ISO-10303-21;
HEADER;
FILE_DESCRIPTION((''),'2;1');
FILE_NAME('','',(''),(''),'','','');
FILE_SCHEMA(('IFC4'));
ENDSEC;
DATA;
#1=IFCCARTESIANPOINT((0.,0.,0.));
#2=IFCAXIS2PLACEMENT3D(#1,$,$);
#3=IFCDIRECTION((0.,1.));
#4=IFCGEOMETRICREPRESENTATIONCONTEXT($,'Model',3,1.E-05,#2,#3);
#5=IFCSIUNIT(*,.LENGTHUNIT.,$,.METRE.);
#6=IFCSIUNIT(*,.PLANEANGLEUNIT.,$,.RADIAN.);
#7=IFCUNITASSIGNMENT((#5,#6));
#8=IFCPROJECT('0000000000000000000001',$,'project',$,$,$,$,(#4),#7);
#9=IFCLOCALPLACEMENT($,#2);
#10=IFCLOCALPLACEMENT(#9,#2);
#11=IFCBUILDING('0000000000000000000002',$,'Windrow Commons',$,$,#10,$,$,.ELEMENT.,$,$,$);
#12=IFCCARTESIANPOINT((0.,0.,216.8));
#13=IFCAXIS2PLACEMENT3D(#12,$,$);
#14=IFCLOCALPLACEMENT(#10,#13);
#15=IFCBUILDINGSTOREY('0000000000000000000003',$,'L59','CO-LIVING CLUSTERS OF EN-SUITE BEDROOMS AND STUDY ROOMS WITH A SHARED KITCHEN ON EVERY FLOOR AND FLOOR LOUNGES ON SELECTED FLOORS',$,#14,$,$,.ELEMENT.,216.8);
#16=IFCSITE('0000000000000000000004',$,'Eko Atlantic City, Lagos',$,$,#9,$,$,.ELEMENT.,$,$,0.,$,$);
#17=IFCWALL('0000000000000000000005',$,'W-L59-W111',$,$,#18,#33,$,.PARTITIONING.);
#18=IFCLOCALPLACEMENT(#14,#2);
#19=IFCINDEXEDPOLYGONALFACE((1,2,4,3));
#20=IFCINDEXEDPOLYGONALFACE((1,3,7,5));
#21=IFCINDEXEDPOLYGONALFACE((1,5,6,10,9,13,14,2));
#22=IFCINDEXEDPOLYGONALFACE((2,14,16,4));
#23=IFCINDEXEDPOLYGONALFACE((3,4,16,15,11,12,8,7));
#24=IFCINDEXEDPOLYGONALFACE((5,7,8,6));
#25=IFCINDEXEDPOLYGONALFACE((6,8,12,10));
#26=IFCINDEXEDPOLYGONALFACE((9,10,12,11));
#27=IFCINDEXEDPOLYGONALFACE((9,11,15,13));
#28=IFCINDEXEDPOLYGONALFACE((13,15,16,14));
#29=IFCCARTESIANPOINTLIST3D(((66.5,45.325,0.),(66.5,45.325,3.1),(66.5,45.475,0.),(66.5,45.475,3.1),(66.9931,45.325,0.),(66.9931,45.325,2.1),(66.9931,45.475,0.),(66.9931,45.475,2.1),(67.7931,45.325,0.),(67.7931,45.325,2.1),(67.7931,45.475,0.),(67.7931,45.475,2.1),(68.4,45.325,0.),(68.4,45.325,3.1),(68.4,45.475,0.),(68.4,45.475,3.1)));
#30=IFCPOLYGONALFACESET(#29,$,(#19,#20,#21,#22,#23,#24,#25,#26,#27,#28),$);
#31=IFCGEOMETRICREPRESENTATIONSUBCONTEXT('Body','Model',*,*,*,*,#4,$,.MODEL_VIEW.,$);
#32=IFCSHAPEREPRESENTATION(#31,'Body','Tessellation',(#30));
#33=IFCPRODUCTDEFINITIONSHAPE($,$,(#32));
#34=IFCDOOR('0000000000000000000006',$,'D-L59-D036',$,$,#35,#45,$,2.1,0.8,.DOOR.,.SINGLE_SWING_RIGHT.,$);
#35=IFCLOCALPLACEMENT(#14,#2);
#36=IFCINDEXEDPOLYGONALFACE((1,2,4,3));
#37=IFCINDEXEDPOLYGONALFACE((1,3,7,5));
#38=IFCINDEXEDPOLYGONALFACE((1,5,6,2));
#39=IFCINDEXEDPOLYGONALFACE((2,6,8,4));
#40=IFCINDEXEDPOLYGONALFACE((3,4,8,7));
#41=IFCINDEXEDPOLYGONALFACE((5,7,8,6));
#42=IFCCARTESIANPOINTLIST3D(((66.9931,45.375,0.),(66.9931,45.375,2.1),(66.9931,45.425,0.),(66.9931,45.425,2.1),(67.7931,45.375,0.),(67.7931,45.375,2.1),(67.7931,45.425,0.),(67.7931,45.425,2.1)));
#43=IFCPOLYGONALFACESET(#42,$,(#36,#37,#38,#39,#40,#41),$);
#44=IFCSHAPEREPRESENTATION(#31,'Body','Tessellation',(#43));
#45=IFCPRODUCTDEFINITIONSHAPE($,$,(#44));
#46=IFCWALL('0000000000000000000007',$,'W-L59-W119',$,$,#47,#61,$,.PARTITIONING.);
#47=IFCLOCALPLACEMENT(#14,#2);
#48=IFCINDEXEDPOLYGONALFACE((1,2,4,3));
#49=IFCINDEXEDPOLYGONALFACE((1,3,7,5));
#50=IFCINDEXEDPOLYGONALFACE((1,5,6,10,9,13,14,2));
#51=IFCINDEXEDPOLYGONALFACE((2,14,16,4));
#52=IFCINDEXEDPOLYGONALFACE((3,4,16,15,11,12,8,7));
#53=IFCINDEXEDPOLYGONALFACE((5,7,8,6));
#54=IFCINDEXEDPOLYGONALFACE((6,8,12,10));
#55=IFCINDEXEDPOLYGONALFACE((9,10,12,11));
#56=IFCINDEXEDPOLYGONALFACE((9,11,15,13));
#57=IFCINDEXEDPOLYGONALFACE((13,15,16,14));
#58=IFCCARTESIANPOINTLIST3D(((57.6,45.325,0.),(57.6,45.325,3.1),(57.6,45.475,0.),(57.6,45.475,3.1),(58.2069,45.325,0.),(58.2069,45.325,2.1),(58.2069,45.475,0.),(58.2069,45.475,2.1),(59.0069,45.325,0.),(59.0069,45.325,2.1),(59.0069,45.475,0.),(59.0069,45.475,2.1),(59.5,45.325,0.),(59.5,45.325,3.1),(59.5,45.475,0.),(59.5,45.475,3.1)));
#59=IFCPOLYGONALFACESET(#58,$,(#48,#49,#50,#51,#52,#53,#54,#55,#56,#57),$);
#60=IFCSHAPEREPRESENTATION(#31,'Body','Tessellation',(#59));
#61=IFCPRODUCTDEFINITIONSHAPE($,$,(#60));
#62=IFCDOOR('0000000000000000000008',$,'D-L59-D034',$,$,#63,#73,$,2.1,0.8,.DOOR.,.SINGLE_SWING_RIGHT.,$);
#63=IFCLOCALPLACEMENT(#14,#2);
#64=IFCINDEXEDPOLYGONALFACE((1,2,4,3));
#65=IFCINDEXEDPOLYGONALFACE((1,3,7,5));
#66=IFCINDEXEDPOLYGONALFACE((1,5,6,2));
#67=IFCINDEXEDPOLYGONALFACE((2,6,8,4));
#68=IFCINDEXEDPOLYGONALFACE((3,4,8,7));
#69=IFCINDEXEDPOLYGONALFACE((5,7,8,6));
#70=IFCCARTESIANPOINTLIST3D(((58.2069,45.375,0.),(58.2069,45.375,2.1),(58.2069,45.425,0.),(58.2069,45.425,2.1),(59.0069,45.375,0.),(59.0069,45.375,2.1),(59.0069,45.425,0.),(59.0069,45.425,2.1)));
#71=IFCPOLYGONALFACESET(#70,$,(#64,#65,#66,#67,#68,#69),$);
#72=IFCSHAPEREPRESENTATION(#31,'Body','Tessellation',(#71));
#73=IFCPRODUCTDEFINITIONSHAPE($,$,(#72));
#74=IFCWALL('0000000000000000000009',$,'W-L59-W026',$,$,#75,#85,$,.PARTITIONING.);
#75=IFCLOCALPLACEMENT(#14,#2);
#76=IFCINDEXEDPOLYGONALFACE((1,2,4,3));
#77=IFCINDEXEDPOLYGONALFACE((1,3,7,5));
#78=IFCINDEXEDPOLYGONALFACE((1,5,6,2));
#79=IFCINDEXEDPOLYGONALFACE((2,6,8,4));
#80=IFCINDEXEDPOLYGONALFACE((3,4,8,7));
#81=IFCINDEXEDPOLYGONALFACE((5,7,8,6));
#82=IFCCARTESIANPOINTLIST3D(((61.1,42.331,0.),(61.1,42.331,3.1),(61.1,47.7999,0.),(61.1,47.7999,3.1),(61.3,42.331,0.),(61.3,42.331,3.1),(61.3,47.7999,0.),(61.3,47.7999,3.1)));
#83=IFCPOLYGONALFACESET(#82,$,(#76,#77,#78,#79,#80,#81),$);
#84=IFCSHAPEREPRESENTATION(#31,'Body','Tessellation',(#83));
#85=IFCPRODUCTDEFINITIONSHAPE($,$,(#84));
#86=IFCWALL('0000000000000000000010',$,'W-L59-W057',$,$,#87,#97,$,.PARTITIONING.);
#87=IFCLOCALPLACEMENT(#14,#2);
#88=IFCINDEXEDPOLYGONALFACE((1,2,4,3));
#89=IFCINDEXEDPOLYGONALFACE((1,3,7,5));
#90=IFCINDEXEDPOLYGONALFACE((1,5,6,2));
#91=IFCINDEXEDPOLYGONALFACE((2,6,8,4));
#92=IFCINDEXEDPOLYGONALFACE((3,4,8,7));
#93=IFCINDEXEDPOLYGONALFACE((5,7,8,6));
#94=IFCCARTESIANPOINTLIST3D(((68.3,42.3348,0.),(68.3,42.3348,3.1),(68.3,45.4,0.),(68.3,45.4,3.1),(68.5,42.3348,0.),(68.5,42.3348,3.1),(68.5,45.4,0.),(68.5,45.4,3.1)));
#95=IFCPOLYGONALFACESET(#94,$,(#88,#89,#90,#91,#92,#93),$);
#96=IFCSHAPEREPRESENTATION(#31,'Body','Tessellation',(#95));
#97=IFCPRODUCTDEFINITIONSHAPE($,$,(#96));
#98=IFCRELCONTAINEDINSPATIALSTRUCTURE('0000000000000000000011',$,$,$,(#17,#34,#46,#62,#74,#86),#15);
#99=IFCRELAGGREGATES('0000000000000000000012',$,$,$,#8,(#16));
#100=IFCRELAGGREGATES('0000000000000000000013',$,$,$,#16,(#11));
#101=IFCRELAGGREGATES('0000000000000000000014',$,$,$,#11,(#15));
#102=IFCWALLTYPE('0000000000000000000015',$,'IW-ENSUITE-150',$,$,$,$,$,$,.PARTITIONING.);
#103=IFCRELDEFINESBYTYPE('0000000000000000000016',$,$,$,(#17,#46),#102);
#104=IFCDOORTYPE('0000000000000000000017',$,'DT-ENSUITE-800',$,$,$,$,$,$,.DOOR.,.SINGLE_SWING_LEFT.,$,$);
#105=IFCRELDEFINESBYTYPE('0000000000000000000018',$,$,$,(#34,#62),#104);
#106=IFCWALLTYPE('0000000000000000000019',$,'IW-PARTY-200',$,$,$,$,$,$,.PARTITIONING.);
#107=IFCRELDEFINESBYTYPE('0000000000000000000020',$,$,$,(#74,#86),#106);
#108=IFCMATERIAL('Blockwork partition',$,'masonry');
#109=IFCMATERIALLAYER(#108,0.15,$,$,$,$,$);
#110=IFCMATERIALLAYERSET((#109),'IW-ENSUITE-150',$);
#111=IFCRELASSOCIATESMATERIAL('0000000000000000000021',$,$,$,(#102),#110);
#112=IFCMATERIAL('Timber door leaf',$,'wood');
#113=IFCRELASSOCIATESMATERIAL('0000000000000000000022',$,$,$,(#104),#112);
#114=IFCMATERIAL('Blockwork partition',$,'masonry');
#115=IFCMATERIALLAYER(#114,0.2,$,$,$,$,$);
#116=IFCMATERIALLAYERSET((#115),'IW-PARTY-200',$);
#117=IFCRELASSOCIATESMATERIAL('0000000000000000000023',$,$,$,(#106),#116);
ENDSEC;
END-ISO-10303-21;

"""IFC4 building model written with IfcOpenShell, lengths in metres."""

from ifc_helpers import new_model, si_unit, direction, frame, frame_2d, origin, place, context, subcontext, project, spatial, rectangle, extrude, material, layer, layer_set, type_object, element, fill, save


model = new_model("IFC4")

# Units and contexts
model_context = context("Model", 3, precision=1e-05, world=origin(), true_north=direction((0.0, 1.0)))
body_context = subcontext(model_context, "Body", "Model", "MODEL_VIEW")
ifc_project = project(units=[si_unit("LENGTHUNIT", "METRE"), si_unit("PLANEANGLEUNIT", "RADIAN")], contexts=[model_context])

# Site, building, storey
site_placement = place(None, origin())
site = spatial("IfcSite", under=ifc_project, at=site_placement, Name="Eko Atlantic City, Lagos", CompositionType="ELEMENT", RefElevation=0.0)
building_placement = place(site_placement, origin())
building = spatial("IfcBuilding", under=site, at=building_placement, Name="Windrow Commons", CompositionType="ELEMENT")
storey_placement = place(building_placement, frame((0.0, 0.0, 216.8)))
storey = spatial("IfcBuildingStorey", under=building, at=storey_placement, Name="L59", Description="CO-LIVING CLUSTERS OF EN-SUITE BEDROOMS AND STUDY ROOMS WITH A SHARED KITCHEN ON EVERY FLOOR AND FLOOR LOUNGES ON SELECTED FLOORS", CompositionType="ELEMENT", Elevation=216.8)

# Shared definitions
ifc_material_1 = material(Name="Blockwork partition", Category="masonry")
ifc_layer_1 = layer(ifc_material_1, 0.15)
ifc_layer_set_1 = layer_set([ifc_layer_1], Name="IW-ENSUITE-150")
wall_type_1 = type_object("IfcWallType", Name="IW-ENSUITE-150", PredefinedType="PARTITIONING", material=ifc_layer_set_1)

# Walls, openings, doors
wall_1_placement = place(storey_placement, frame((66.5, 45.4, 0.0), z_axis=(0.0, 0.0, 1.0), x_axis=(1.0, 0.0, 0.0)))
wall_1 = element("IfcWall", 1, at=wall_1_placement, inside=storey, type_object=wall_type_1, Name="W-L59-W111", PredefinedType="PARTITIONING", context=body_context, shape_type="SweptSolid", body=[
    extrude(rectangle(XDim=1.9, YDim=0.15, at=frame_2d((0.95, 0.0))), origin(), (0.0, 0.0, 1.0), 3.1),
])
opening_1_placement = place(wall_1_placement, frame((0.4931, 0.0, 0.0)))
opening_1 = element("IfcOpeningElement", 2, at=opening_1_placement, cuts=wall_1, PredefinedType="OPENING", context=body_context, shape_type="SweptSolid", body=[
    extrude(rectangle(XDim=0.8, YDim=2.1, at=frame_2d((0.4, 1.05))), frame((0.0, 0.085, 0.0), z_axis=(0.0, -1.0, 0.0), x_axis=(1.0, 0.0, 0.0)), (0.0, 0.0, 1.0), 0.17),
])
ifc_material_2 = material(Name="Timber door leaf", Category="wood")
door_type = type_object("IfcDoorType", Name="DT-ENSUITE-800", OperationType="SINGLE_SWING_LEFT", PredefinedType="DOOR", material=ifc_material_2)
door_1_placement = place(opening_1_placement, origin())
door_1 = element("IfcDoor", 3, at=door_1_placement, inside=storey, type_object=door_type, Name="D-L59-D036", OperationType="SINGLE_SWING_RIGHT", OverallHeight=2.1, OverallWidth=0.8, PredefinedType="DOOR", context=body_context, shape_type="SweptSolid", body=[
    extrude(rectangle(XDim=0.8, YDim=2.1, at=frame_2d((0.4, 1.05))), frame((0.0, 0.025, 0.0), z_axis=(0.0, -1.0, 0.0), x_axis=(1.0, 0.0, 0.0)), (0.0, 0.0, 1.0), 0.05),
])
fill(opening_1, door_1)
wall_2_placement = place(storey_placement, frame((57.6, 45.4, 0.0), z_axis=(0.0, 0.0, 1.0), x_axis=(1.0, 0.0, 0.0)))
wall_2 = element("IfcWall", 4, at=wall_2_placement, inside=storey, type_object=wall_type_1, Name="W-L59-W119", PredefinedType="PARTITIONING", context=body_context, shape_type="SweptSolid", body=[
    extrude(rectangle(XDim=1.9, YDim=0.15, at=frame_2d((0.95, 0.0))), origin(), (0.0, 0.0, 1.0), 3.1),
])
opening_2_placement = place(wall_2_placement, frame((0.6069, 0.0, 0.0)))
opening_2 = element("IfcOpeningElement", 5, at=opening_2_placement, cuts=wall_2, PredefinedType="OPENING", context=body_context, shape_type="SweptSolid", body=[
    extrude(rectangle(XDim=0.8, YDim=2.1, at=frame_2d((0.4, 1.05))), frame((0.0, 0.085, 0.0), z_axis=(0.0, -1.0, 0.0), x_axis=(1.0, 0.0, 0.0)), (0.0, 0.0, 1.0), 0.17),
])
door_2_placement = place(opening_2_placement, origin())
door_2 = element("IfcDoor", 6, at=door_2_placement, inside=storey, type_object=door_type, Name="D-L59-D034", OperationType="SINGLE_SWING_RIGHT", OverallHeight=2.1, OverallWidth=0.8, PredefinedType="DOOR", context=body_context, shape_type="SweptSolid", body=[
    extrude(rectangle(XDim=0.8, YDim=2.1, at=frame_2d((0.4, 1.05))), frame((0.0, 0.025, 0.0), z_axis=(0.0, -1.0, 0.0), x_axis=(1.0, 0.0, 0.0)), (0.0, 0.0, 1.0), 0.05),
])
fill(opening_2, door_2)

# Walls
ifc_material_3 = material(Name="Blockwork partition", Category="masonry")
ifc_layer_2 = layer(ifc_material_3, 0.2)
ifc_layer_set_2 = layer_set([ifc_layer_2], Name="IW-PARTY-200")
wall_type_2 = type_object("IfcWallType", Name="IW-PARTY-200", PredefinedType="PARTITIONING", material=ifc_layer_set_2)
wall_3_placement = place(storey_placement, frame((61.2, 42.3311, 0.0), z_axis=(0.0, 0.0, 1.0), x_axis=(0.0, 1.0, 0.0)))
element("IfcWall", 7, at=wall_3_placement, inside=storey, type_object=wall_type_2, Name="W-L59-W026", PredefinedType="PARTITIONING", context=body_context, shape_type="SweptSolid", body=[
    extrude(rectangle(XDim=5.4689, YDim=0.2, at=frame_2d((2.7344, 0.0))), origin(), (0.0, 0.0, 1.0), 3.1),
])
wall_4_placement = place(storey_placement, frame((68.4, 42.3347, 0.0), z_axis=(0.0, 0.0, 1.0), x_axis=(0.0, 1.0, 0.0)))
element("IfcWall", 8, at=wall_4_placement, inside=storey, type_object=wall_type_2, Name="W-L59-W057", PredefinedType="PARTITIONING", context=body_context, shape_type="SweptSolid", body=[
    extrude(rectangle(XDim=3.0653, YDim=0.2, at=frame_2d((1.5327, 0.0))), origin(), (0.0, 0.0, 1.0), 3.1),
])

save(model, "model.ifc")
